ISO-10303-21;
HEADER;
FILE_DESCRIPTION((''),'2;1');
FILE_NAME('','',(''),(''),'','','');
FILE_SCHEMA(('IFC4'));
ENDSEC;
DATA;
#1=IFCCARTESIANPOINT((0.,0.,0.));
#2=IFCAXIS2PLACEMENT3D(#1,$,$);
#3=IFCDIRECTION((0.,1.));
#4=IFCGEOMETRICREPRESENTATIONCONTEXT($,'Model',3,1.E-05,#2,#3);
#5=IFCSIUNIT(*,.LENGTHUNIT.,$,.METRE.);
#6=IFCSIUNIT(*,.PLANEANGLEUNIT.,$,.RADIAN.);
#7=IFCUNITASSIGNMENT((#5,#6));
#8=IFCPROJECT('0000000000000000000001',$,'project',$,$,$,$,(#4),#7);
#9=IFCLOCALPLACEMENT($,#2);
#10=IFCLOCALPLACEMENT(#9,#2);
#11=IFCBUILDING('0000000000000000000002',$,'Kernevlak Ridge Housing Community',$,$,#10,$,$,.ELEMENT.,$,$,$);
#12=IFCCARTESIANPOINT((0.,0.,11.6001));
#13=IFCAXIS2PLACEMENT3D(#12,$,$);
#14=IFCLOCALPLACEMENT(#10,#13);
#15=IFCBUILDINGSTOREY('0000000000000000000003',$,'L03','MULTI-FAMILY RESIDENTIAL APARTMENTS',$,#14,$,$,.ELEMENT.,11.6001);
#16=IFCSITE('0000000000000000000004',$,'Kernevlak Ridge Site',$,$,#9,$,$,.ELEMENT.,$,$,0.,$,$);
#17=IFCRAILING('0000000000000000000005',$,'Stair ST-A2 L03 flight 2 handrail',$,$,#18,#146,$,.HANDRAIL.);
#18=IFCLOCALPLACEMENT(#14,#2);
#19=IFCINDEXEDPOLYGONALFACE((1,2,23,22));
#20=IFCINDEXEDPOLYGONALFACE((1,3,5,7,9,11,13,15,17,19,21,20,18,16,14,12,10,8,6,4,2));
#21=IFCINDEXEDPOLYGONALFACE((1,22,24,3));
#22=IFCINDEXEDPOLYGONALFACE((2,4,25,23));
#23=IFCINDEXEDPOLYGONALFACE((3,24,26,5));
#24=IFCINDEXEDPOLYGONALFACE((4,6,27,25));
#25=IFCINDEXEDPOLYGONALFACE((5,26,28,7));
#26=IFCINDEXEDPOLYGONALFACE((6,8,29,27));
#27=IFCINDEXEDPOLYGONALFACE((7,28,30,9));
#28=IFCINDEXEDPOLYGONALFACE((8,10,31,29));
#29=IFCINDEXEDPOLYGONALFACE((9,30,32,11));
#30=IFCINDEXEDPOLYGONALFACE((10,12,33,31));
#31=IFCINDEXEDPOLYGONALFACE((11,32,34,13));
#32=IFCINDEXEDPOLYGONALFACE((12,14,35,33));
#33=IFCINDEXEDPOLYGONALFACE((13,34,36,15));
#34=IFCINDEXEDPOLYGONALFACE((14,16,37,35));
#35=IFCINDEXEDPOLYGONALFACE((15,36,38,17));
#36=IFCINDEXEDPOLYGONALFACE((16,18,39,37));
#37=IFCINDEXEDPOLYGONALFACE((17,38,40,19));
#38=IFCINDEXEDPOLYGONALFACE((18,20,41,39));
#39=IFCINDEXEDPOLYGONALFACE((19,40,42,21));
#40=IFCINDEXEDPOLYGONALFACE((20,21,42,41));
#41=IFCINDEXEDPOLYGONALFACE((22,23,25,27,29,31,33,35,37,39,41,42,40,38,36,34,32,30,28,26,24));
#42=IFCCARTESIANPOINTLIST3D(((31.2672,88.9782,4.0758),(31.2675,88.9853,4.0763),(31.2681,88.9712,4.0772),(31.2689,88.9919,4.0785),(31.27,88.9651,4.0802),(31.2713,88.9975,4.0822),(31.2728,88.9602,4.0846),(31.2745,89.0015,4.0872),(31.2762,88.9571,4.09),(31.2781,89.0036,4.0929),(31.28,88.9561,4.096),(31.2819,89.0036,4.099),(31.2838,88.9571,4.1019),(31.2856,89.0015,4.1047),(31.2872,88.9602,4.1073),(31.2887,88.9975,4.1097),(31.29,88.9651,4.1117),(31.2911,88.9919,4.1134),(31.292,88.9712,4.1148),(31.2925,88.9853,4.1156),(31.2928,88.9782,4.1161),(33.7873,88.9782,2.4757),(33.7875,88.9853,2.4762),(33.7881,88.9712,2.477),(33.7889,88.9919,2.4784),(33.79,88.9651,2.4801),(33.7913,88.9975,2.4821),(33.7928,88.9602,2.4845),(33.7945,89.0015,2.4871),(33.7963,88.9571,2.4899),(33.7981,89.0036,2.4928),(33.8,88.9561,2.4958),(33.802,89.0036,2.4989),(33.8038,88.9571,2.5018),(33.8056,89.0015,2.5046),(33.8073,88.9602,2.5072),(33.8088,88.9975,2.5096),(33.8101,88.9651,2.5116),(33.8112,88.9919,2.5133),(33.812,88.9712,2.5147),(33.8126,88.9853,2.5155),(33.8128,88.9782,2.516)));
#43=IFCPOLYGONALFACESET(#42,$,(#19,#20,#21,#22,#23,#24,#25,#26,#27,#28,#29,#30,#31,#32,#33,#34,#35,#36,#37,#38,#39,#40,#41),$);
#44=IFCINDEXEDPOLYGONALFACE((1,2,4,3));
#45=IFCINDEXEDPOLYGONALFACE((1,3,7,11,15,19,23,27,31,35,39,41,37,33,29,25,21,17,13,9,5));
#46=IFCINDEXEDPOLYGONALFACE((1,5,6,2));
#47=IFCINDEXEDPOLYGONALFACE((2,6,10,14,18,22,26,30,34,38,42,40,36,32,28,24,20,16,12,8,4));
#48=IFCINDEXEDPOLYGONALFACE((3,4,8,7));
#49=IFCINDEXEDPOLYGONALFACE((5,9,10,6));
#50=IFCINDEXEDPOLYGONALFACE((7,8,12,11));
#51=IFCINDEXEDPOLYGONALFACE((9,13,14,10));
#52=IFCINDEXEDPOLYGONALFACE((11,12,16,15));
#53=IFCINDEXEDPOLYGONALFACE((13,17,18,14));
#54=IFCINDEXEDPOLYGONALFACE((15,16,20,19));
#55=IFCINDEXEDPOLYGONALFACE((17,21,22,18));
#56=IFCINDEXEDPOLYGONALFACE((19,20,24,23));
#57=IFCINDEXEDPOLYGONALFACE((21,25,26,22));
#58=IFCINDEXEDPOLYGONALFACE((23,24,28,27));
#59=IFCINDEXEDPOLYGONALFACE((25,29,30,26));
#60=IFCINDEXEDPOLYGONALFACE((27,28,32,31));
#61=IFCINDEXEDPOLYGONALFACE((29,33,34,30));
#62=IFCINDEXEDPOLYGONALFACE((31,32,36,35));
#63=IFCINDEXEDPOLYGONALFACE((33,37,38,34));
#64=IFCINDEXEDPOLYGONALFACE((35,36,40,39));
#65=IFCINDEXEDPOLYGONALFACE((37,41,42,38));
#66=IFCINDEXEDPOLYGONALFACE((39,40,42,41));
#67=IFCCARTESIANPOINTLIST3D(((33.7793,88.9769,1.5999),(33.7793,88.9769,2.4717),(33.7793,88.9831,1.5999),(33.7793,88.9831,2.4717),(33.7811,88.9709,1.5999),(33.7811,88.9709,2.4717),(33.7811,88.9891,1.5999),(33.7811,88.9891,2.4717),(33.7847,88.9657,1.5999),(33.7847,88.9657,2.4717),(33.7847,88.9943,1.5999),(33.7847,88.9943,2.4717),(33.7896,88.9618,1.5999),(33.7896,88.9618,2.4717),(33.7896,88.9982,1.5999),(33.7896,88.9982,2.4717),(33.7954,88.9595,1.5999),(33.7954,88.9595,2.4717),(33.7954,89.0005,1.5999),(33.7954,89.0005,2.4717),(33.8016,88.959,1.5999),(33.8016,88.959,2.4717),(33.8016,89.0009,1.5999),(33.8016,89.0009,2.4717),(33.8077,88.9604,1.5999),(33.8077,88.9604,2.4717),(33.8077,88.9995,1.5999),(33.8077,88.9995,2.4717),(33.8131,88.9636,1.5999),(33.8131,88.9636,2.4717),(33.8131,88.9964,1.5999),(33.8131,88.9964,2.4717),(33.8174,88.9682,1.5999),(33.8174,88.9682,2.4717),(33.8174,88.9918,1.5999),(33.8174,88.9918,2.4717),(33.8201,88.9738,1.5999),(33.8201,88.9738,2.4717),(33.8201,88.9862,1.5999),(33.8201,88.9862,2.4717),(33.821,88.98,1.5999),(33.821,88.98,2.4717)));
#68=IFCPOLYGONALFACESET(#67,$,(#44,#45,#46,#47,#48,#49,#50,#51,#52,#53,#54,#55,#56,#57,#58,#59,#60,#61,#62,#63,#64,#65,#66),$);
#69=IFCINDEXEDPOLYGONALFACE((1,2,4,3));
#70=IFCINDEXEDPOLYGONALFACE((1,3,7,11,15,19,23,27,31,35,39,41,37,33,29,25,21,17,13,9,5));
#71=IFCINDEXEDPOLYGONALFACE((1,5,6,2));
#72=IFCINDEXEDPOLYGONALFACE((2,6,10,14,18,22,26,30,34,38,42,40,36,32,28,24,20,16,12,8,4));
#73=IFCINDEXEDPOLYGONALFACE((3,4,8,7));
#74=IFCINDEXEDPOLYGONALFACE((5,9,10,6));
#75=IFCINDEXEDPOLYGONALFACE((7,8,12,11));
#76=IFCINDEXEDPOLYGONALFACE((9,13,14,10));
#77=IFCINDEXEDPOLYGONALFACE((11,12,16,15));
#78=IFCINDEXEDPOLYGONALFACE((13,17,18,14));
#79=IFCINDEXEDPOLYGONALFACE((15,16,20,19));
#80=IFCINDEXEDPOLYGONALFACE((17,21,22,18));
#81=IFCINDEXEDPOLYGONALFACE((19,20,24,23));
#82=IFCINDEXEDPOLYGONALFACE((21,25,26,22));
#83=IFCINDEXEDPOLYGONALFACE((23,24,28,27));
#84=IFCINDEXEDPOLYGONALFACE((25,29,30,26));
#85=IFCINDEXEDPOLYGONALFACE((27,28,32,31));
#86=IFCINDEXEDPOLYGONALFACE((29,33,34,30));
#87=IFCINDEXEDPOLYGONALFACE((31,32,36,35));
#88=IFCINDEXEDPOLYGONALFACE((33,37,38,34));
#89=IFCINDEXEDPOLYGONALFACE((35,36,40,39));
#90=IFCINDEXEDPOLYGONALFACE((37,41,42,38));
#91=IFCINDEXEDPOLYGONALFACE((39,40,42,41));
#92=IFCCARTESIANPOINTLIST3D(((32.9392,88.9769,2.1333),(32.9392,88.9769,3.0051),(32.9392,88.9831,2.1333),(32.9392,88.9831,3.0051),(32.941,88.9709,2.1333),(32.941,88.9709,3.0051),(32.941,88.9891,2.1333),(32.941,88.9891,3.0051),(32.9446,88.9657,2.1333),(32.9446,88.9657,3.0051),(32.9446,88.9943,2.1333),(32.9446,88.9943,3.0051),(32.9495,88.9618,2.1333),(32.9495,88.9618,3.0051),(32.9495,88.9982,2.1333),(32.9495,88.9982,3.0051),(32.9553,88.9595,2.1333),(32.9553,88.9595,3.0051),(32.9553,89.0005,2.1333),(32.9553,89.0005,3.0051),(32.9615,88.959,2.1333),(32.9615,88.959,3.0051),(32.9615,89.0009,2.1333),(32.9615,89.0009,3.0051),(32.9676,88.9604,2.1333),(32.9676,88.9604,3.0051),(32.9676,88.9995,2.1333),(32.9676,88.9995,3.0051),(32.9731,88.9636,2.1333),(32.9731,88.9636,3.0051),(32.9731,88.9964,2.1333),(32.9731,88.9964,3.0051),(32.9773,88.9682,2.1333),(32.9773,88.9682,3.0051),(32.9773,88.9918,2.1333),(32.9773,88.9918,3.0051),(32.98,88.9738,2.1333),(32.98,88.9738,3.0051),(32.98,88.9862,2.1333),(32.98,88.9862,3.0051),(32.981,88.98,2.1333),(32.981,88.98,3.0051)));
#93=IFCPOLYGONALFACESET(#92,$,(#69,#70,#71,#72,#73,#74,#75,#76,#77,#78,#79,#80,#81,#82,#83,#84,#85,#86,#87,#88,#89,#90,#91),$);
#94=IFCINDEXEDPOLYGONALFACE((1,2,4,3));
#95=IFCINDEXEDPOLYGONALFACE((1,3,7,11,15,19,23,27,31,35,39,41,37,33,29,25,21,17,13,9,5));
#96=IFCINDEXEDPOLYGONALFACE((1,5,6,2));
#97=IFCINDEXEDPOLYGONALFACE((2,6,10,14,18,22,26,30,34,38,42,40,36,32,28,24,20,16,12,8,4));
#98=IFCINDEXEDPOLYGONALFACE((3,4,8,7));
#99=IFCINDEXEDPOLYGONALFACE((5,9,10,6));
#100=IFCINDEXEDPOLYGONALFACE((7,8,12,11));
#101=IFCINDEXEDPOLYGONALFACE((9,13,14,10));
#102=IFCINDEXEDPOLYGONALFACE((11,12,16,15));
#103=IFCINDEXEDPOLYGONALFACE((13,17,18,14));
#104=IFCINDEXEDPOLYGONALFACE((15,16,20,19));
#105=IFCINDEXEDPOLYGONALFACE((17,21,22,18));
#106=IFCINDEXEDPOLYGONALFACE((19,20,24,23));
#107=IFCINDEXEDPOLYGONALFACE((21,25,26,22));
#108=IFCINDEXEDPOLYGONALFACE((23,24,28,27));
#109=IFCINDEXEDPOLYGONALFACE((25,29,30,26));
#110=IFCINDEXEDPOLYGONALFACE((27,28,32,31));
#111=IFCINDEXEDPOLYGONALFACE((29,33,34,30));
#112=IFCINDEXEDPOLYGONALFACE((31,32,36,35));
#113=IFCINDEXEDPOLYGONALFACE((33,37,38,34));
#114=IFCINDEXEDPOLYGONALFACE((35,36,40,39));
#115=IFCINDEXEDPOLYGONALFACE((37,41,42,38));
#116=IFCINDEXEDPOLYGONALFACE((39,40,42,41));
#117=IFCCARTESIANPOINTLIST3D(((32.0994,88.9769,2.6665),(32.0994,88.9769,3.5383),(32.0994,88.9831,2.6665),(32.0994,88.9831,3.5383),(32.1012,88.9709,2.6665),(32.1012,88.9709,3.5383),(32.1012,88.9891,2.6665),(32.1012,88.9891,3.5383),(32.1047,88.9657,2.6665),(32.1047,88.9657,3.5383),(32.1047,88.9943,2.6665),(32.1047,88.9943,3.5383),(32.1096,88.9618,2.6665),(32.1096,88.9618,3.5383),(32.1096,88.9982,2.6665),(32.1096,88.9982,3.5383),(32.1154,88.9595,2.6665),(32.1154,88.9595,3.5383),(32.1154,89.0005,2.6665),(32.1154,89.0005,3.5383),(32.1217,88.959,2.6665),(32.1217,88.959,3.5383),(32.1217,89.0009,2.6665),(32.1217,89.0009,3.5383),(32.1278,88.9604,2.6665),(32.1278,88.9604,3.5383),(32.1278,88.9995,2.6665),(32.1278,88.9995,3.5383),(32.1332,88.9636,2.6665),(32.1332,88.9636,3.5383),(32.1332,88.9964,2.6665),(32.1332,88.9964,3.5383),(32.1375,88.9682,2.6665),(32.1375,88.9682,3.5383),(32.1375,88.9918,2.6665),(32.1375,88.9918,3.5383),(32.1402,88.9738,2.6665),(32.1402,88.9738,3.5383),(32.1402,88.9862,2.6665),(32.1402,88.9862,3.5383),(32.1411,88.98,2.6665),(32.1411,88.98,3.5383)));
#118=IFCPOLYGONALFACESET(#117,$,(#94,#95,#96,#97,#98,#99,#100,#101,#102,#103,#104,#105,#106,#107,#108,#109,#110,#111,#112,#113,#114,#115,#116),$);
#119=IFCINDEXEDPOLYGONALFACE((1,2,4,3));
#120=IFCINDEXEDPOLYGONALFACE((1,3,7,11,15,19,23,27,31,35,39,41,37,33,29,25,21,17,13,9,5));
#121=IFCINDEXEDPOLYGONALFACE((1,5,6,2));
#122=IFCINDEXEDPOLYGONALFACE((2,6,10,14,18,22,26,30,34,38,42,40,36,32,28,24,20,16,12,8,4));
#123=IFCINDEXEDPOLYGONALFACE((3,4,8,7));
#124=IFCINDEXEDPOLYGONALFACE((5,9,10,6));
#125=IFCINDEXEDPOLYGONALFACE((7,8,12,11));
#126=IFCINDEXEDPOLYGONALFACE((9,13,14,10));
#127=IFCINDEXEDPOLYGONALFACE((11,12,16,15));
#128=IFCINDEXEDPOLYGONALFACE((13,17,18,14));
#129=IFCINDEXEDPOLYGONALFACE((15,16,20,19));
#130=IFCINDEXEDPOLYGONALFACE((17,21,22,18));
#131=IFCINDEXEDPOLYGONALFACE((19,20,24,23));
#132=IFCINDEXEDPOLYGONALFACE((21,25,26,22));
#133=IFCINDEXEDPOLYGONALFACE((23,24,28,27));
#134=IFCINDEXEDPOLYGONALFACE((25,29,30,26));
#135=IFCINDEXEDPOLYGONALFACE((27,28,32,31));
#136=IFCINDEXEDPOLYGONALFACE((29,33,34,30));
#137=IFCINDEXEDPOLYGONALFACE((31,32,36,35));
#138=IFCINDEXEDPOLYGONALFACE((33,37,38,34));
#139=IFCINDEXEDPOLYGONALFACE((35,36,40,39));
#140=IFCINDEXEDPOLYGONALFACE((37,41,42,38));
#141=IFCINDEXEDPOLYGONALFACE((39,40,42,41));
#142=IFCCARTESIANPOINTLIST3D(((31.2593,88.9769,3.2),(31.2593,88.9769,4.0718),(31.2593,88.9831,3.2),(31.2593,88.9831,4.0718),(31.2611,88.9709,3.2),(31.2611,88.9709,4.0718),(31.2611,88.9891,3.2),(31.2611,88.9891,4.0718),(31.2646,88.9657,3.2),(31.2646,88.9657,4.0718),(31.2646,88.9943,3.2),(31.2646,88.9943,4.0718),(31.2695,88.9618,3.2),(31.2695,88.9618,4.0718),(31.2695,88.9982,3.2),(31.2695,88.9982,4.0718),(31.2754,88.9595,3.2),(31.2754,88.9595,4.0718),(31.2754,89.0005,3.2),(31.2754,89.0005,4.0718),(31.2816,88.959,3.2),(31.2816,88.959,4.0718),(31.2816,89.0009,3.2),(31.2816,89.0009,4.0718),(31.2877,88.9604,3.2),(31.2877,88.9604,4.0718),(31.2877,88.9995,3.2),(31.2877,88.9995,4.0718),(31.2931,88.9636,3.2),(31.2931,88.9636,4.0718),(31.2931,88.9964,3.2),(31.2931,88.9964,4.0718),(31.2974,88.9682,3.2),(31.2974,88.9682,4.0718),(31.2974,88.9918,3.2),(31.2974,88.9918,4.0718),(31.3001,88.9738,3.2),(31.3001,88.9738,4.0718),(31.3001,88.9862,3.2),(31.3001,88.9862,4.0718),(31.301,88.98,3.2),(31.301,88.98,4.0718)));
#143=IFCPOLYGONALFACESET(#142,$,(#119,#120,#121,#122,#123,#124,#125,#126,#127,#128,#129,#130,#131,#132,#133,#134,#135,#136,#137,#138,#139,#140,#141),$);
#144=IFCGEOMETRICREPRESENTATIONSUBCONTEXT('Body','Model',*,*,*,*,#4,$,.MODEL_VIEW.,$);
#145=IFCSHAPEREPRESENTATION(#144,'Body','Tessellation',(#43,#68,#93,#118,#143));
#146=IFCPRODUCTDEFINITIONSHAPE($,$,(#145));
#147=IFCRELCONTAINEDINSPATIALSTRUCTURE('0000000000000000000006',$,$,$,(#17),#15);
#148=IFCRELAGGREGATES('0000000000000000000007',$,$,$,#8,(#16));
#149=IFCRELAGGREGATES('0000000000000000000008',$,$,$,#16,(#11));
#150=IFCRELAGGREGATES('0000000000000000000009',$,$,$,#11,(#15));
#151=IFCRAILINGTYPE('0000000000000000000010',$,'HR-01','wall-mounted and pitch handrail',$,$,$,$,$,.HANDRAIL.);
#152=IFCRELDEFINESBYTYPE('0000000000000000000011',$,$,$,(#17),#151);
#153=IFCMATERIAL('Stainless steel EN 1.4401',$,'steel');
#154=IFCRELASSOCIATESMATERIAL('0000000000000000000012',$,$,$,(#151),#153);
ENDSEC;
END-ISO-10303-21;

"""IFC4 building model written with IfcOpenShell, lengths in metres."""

from ifc_helpers import new_model, si_unit, direction, frame, origin, origin_2d, place, context, subcontext, project, spatial, circle, extrude, material, type_object, element, save


model = new_model("IFC4")

# Units and contexts
model_context = context("Model", 3, precision=1e-05, world=origin(), true_north=direction((0.0, 1.0)))
body_context = subcontext(model_context, "Body", "Model", "MODEL_VIEW")
ifc_project = project(units=[si_unit("LENGTHUNIT", "METRE"), si_unit("PLANEANGLEUNIT", "RADIAN")], contexts=[model_context])

# Site, building, storey
site_placement = place(None, origin())
site = spatial("IfcSite", under=ifc_project, at=site_placement, Name="Kernevlak Ridge Site", CompositionType="ELEMENT", RefElevation=0.0)
building_placement = place(site_placement, origin())
building = spatial("IfcBuilding", under=site, at=building_placement, Name="Kernevlak Ridge Housing Community", CompositionType="ELEMENT")
storey_placement = place(building_placement, frame((0.0, 0.0, 11.6001)))
storey = spatial("IfcBuildingStorey", under=building, at=storey_placement, Name="L03", Description="MULTI-FAMILY RESIDENTIAL APARTMENTS", CompositionType="ELEMENT", Elevation=11.6001)

# Railing
ifc_material_1 = material(Name="Stainless steel EN 1.4401", Category="steel")
railing_type_1 = type_object("IfcRailingType", Name="HR-01", Description="wall-mounted and pitch handrail", PredefinedType="HANDRAIL", material=ifc_material_1)
railing_1_placement = place(storey_placement, frame((33.8, 88.98, 1.5999)))
element("IfcRailing", 1, at=railing_1_placement, inside=storey, type_object=railing_type_1, Name="Stair ST-A2 L03 flight 2 handrail", PredefinedType="HANDRAIL", context=body_context, shape_type="SweptSolid", body=[
    extrude(circle(Radius=0.0239, at=origin_2d()), frame((0.0, 0.0, 0.896), z_axis=(-0.8442, 0.0, 0.536028), x_axis=(0.0, -1.0, 0.0)), (0.0, 0.0, 1.0), 2.9851),
    extrude(circle(Radius=0.021, at=origin_2d()), origin(), (0.0, 0.0, 1.0), 0.8718),
    extrude(circle(Radius=0.021, at=origin_2d()), frame((-0.8401, 0.0, 0.5334)), (0.0, 0.0, 1.0), 0.8718),
    extrude(circle(Radius=0.021, at=origin_2d()), frame((-1.6799, 0.0, 1.0667)), (0.0, 0.0, 1.0), 0.8718),
    extrude(circle(Radius=0.021, at=origin_2d()), frame((-2.52, 0.0, 1.6001)), (0.0, 0.0, 1.0), 0.8718),
])

save(model, "model.ifc")
